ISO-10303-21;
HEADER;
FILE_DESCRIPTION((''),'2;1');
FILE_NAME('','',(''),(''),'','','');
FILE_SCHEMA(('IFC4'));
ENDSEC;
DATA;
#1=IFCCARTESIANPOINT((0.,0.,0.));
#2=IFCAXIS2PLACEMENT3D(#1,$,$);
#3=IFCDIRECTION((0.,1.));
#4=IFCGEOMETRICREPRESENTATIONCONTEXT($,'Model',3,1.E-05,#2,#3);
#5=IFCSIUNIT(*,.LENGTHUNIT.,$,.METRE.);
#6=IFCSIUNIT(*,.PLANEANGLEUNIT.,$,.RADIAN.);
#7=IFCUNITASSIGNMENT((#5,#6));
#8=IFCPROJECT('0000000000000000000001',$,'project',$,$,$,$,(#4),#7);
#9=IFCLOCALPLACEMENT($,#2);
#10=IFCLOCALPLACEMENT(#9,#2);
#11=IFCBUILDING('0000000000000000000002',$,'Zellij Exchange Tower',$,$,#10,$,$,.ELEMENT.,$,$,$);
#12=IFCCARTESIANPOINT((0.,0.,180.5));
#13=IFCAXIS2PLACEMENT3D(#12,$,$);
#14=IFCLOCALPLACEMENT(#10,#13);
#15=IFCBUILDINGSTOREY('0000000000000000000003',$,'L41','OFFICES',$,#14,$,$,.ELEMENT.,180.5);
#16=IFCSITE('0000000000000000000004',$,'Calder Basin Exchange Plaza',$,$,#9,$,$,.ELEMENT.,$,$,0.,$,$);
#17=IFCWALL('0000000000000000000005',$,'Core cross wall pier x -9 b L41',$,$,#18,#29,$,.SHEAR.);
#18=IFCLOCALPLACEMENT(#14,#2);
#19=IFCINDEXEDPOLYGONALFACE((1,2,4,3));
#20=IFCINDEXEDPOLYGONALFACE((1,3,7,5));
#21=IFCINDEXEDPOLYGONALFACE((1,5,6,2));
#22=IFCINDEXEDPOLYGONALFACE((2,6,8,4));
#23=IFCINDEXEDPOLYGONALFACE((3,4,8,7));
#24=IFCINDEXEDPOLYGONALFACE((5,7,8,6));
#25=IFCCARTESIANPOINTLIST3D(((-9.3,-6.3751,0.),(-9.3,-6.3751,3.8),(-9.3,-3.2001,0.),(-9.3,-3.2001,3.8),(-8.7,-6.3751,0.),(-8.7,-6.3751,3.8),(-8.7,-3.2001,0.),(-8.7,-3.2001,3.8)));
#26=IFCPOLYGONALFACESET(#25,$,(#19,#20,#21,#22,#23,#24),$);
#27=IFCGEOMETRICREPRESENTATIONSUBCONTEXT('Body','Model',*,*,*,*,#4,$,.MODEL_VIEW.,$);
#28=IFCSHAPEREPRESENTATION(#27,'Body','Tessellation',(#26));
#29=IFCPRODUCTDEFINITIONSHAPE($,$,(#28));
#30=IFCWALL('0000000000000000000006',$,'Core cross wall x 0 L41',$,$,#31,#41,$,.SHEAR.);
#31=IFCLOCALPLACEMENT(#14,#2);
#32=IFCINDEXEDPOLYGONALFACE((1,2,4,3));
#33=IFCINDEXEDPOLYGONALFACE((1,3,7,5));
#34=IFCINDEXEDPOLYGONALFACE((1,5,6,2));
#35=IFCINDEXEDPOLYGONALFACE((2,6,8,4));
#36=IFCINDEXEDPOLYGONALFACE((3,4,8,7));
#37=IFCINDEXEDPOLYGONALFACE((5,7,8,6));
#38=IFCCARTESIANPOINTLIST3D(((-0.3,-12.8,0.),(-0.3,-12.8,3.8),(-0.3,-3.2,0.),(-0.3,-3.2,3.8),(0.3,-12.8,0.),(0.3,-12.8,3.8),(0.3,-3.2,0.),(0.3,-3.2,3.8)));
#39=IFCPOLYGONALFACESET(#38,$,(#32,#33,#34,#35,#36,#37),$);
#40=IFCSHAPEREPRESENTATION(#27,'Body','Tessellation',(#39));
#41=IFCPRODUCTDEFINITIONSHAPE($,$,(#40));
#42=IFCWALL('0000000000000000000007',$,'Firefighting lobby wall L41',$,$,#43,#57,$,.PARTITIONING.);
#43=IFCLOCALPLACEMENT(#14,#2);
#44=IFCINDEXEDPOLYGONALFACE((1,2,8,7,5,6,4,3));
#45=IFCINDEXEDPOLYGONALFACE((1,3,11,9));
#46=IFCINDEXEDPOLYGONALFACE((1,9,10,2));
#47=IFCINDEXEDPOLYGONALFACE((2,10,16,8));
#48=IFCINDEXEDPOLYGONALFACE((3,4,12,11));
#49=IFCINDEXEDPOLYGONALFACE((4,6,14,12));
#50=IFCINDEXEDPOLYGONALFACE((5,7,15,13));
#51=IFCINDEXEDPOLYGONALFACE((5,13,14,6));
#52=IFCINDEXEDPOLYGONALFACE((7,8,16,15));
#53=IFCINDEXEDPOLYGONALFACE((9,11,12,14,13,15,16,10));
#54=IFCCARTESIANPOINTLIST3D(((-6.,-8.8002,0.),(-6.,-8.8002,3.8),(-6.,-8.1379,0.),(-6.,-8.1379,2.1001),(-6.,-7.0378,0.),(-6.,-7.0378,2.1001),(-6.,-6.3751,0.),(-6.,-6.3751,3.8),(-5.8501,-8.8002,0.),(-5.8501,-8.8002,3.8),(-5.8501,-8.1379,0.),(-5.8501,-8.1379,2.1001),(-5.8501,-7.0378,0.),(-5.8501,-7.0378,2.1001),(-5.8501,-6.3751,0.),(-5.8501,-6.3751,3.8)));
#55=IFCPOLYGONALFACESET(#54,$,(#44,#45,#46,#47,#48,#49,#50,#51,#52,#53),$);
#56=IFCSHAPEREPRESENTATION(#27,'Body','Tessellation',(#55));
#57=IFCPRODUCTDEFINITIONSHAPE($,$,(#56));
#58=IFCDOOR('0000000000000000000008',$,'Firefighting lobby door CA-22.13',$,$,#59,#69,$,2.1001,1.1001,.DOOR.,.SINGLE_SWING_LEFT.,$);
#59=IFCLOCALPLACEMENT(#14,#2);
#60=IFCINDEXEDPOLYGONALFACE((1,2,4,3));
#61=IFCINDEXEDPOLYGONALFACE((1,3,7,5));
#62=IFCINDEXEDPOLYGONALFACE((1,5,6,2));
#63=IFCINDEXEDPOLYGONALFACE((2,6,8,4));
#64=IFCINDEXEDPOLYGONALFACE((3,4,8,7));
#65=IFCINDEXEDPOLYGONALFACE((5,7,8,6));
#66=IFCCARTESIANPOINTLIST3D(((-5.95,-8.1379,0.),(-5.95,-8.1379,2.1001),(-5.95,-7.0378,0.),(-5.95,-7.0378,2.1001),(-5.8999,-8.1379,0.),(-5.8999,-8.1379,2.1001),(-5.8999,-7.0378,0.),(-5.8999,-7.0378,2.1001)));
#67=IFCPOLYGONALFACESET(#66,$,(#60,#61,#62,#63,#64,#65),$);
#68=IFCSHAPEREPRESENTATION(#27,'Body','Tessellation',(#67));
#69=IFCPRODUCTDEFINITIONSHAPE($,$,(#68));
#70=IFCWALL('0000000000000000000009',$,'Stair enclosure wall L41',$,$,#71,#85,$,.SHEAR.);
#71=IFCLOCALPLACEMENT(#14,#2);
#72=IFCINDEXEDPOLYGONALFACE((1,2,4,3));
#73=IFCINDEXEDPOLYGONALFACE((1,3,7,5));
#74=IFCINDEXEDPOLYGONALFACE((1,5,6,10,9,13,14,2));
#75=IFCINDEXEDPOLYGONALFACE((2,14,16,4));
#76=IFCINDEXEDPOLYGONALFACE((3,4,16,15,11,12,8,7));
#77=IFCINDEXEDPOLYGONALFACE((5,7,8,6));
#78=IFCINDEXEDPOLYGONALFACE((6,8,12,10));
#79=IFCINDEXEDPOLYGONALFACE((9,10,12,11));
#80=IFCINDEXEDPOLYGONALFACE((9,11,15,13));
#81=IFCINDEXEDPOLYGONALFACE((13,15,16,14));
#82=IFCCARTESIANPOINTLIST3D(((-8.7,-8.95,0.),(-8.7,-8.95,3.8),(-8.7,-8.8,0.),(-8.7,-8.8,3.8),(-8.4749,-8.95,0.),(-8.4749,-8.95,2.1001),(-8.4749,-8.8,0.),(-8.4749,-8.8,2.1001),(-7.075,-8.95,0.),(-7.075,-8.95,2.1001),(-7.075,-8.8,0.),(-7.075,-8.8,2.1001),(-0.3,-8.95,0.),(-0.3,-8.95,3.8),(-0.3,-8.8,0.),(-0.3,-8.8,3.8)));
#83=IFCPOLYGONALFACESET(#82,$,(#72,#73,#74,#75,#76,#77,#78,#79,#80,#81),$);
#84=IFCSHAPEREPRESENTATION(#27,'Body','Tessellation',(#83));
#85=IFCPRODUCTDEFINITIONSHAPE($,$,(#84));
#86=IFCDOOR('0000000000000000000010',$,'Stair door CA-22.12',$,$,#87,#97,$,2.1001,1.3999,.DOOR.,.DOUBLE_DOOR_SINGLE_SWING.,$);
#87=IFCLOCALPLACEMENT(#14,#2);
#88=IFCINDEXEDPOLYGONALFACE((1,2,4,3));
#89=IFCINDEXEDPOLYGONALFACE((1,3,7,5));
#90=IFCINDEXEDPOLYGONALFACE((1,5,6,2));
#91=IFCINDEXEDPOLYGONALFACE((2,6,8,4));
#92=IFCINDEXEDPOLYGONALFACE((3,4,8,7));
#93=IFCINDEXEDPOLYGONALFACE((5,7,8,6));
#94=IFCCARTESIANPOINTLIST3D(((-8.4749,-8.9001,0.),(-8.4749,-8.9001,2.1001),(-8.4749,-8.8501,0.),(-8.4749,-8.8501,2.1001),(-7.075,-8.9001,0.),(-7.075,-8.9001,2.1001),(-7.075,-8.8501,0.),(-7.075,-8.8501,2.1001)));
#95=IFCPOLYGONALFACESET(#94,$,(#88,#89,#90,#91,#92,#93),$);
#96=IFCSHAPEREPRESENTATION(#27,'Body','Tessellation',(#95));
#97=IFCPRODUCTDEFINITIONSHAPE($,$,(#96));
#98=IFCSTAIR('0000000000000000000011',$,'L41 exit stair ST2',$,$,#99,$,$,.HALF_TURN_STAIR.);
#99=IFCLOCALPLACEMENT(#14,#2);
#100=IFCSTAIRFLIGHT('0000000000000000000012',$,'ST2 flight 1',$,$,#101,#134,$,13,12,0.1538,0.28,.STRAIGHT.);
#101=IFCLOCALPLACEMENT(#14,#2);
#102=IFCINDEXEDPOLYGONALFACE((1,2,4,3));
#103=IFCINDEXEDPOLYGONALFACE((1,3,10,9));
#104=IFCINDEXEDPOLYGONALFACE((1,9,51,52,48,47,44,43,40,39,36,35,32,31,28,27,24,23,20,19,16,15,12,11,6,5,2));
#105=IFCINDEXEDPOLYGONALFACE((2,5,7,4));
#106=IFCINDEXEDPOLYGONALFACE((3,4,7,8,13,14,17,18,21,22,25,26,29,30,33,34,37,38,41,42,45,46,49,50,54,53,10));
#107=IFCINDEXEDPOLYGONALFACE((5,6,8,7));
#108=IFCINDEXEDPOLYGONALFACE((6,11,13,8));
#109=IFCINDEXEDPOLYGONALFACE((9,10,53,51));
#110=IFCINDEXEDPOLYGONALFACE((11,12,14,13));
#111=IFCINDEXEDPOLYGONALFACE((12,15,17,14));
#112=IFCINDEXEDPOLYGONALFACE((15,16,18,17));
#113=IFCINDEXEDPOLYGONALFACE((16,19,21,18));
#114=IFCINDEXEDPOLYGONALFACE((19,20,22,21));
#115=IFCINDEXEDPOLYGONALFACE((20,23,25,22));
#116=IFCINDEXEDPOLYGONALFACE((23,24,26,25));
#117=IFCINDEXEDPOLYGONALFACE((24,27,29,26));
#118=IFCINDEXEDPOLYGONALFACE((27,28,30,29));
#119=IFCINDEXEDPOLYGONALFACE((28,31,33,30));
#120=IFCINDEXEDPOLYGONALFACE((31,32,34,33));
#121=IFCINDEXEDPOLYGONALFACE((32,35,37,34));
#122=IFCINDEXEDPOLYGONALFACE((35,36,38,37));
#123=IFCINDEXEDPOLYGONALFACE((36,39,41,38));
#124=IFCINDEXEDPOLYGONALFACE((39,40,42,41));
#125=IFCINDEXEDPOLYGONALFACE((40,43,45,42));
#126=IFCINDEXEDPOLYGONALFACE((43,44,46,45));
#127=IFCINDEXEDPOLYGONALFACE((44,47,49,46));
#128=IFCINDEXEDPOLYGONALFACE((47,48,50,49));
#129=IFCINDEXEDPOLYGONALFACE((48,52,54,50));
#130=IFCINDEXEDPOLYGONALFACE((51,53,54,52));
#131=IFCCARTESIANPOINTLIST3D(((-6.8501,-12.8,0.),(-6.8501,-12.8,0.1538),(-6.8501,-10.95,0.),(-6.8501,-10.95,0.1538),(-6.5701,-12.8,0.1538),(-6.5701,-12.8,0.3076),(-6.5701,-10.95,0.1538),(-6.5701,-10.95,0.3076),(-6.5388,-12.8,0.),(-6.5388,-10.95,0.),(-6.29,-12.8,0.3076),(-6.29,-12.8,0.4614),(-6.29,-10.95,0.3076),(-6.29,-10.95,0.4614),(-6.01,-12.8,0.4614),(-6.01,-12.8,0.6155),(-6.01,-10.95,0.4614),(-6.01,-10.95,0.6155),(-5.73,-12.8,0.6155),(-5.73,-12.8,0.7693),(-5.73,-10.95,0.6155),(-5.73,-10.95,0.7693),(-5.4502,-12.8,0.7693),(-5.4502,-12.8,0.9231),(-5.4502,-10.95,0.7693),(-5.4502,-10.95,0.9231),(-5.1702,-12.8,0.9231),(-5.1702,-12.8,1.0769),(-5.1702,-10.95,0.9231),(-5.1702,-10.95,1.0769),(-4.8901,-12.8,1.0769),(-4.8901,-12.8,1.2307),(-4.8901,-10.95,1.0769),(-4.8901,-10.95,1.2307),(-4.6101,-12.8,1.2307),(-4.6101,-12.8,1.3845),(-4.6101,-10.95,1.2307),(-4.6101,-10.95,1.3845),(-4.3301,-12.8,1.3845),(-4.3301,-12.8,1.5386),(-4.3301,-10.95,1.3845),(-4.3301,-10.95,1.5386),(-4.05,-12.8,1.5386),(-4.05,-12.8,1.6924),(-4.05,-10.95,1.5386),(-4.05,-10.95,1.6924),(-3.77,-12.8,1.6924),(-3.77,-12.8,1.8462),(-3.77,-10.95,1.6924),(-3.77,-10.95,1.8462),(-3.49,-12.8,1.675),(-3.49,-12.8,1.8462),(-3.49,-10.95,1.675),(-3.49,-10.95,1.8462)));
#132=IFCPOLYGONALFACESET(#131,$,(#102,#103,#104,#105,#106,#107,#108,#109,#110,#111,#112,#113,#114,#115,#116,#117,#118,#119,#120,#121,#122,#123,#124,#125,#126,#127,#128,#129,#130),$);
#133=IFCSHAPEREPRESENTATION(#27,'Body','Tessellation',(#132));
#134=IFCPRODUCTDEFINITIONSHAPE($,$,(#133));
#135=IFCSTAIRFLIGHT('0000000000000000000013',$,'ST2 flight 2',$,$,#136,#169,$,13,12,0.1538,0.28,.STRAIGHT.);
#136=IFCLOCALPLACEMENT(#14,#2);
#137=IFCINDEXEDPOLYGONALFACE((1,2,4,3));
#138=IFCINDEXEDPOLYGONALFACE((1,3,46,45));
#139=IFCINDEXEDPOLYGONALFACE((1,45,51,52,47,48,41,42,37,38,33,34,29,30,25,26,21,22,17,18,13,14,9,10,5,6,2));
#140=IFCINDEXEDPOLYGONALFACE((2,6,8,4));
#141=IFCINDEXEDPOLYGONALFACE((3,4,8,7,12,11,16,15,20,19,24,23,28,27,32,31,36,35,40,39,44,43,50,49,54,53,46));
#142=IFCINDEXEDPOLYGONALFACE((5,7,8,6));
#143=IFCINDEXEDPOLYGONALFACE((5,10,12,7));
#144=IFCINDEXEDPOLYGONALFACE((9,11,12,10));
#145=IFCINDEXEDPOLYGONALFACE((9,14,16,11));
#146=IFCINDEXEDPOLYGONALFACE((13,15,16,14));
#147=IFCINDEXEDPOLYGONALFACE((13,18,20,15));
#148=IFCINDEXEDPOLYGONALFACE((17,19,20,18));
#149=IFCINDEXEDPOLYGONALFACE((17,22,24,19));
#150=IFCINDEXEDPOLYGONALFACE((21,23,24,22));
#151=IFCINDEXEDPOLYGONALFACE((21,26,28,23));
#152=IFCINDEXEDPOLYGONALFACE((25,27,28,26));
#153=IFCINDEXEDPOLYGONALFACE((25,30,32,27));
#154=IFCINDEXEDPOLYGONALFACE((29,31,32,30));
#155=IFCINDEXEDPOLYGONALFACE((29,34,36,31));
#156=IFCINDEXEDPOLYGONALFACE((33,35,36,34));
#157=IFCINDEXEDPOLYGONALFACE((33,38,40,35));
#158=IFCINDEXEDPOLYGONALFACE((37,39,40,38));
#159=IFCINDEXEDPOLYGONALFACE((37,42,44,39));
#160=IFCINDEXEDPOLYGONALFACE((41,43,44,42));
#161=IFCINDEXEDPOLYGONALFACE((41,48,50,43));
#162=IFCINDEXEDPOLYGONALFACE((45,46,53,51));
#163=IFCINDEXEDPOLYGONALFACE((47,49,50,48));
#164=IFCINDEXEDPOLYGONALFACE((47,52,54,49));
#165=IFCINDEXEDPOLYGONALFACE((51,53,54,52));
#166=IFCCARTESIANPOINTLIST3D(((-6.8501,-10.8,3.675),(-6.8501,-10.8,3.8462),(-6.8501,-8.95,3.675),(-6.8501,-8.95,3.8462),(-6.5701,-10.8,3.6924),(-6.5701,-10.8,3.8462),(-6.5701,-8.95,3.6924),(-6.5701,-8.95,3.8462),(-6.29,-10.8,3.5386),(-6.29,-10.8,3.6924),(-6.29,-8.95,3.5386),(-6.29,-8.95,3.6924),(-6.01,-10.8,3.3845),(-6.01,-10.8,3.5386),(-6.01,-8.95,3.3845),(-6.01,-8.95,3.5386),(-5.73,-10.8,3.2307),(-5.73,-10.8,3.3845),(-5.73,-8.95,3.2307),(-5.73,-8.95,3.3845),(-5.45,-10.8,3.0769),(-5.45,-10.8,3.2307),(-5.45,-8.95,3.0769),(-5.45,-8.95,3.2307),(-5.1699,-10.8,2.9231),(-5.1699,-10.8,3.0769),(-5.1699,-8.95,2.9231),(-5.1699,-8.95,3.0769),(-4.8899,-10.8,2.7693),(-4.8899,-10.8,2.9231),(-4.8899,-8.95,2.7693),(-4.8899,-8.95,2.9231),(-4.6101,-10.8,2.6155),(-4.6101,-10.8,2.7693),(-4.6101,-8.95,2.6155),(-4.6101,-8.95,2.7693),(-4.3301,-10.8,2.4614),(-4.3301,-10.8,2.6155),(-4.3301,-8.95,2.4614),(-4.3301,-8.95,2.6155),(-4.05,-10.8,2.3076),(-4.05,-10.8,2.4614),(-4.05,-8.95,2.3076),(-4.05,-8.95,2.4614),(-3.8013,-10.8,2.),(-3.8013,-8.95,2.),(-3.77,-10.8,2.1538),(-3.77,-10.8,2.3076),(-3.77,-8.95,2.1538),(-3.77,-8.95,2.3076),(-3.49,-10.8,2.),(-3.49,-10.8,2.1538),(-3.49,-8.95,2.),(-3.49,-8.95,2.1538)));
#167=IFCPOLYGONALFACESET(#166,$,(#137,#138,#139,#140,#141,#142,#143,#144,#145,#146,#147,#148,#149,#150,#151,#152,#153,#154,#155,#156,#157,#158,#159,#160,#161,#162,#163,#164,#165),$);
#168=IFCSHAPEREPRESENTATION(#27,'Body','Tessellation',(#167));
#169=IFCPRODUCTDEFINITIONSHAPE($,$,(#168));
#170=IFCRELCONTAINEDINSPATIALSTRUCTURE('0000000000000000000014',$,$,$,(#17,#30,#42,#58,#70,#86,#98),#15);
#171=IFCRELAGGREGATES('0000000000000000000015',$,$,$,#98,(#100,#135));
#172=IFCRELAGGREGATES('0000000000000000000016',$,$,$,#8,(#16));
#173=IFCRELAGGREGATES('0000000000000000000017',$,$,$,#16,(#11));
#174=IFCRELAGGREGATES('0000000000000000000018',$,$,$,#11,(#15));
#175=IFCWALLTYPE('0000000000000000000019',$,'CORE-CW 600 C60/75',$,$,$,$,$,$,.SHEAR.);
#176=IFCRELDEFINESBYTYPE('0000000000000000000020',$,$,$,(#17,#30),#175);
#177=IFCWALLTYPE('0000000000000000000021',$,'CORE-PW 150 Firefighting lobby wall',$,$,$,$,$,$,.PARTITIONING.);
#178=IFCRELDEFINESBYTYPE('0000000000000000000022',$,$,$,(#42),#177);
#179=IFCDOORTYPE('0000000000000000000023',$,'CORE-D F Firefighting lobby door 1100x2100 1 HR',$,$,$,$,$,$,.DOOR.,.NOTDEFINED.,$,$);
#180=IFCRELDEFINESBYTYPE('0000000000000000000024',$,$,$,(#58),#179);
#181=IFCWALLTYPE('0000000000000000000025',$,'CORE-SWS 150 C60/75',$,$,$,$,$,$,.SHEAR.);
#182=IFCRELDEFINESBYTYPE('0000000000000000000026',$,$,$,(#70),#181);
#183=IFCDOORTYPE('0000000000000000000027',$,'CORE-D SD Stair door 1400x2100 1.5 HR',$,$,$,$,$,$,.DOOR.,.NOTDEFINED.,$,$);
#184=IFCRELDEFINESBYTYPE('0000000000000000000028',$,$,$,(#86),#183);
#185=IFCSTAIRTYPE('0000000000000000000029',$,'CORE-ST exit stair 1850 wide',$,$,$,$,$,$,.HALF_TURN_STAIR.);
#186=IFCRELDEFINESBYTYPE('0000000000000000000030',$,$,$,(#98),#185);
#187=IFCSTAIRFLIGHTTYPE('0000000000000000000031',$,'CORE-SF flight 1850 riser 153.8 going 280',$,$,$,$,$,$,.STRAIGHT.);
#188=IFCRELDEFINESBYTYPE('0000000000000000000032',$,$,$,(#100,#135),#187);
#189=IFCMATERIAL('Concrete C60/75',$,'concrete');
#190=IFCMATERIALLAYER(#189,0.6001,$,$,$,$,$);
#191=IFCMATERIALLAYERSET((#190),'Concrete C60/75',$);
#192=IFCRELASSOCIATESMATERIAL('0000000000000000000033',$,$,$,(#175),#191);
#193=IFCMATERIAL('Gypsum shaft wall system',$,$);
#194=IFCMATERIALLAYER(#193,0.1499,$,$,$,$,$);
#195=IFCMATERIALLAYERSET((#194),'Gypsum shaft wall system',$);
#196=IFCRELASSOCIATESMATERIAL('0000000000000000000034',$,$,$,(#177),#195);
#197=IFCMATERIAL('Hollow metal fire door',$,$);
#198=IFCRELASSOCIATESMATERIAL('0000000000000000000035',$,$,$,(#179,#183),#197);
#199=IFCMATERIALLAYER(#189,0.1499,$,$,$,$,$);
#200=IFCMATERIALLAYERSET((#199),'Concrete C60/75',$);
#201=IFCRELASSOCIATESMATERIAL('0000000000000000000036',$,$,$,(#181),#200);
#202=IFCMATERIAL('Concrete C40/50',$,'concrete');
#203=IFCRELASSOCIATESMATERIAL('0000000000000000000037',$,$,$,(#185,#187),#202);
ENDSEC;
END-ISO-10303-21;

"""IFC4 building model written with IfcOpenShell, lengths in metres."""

from ifc_helpers import new_model, si_unit, direction, frame, frame_2d, origin, place, context, subcontext, project, spatial, polyline, rectangle, outline, extrude, material, layer, layer_set, type_object, element, fill, aggregate, save


model = new_model("IFC4")

# Units and contexts
model_context = context("Model", 3, precision=1e-05, world=origin(), true_north=direction((0.0, 1.0)))
body_context = subcontext(model_context, "Body", "Model", "MODEL_VIEW")
ifc_project = project(units=[si_unit("LENGTHUNIT", "METRE"), si_unit("PLANEANGLEUNIT", "RADIAN")], contexts=[model_context])

# Site, building, storey
site_placement = place(None, origin())
site = spatial("IfcSite", under=ifc_project, at=site_placement, Name="Calder Basin Exchange Plaza", CompositionType="ELEMENT", RefElevation=0.0)
building_placement = place(site_placement, origin())
building = spatial("IfcBuilding", under=site, at=building_placement, Name="Zellij Exchange Tower", CompositionType="ELEMENT")
storey_placement = place(building_placement, frame((0.0, 0.0, 180.5)))
storey = spatial("IfcBuildingStorey", under=building, at=storey_placement, Name="L41", Description="OFFICES", CompositionType="ELEMENT", Elevation=180.5)

# Walls
ifc_material_1 = material(Name="Concrete C60/75", Category="concrete")
ifc_layer_1 = layer(ifc_material_1, 0.6001)
ifc_layer_set_1 = layer_set([ifc_layer_1], Name="Concrete C60/75")
wall_type_1 = type_object("IfcWallType", Name="CORE-CW 600 C60/75", PredefinedType="SHEAR", material=ifc_layer_set_1)
wall_1_placement = place(storey_placement, frame((-9.0, -6.375, 0.0), z_axis=(0.0, 0.0, 1.0), x_axis=(0.0, 1.0, 0.0)))
element("IfcWall", 1, at=wall_1_placement, inside=storey, type_object=wall_type_1, Name="Core cross wall pier x -9 b L41", PredefinedType="SHEAR", context=body_context, shape_type="SweptSolid", body=[
    extrude(rectangle(XDim=3.175, YDim=0.6001, at=frame_2d((1.5874, 0.0))), origin(), (0.0, 0.0, 1.0), 3.8),
])
wall_2_placement = place(storey_placement, frame((0.0, -12.8, 0.0), z_axis=(0.0, 0.0, 1.0), x_axis=(0.0, 1.0, 0.0)))
element("IfcWall", 2, at=wall_2_placement, inside=storey, type_object=wall_type_1, Name="Core cross wall x 0 L41", PredefinedType="SHEAR", context=body_context, shape_type="SweptSolid", body=[
    extrude(rectangle(XDim=9.6001, YDim=0.6001, at=frame_2d((4.8, 0.0))), origin(), (0.0, 0.0, 1.0), 3.8),
])

# Walls, openings, doors
ifc_material_2 = material(Name="Gypsum shaft wall system")
ifc_layer_2 = layer(ifc_material_2, 0.1499)
ifc_layer_set_2 = layer_set([ifc_layer_2], Name="Gypsum shaft wall system")
wall_type_2 = type_object("IfcWallType", Name="CORE-PW 150 Firefighting lobby wall", PredefinedType="PARTITIONING", material=ifc_layer_set_2)
wall_3_placement = place(storey_placement, frame((-5.925, -8.8, 0.0), z_axis=(0.0, 0.0, 1.0), x_axis=(0.0, 1.0, 0.0)))
wall_3 = element("IfcWall", 3, at=wall_3_placement, inside=storey, type_object=wall_type_2, Name="Firefighting lobby wall L41", PredefinedType="PARTITIONING", context=body_context, shape_type="SweptSolid", body=[
    extrude(rectangle(XDim=2.425, YDim=0.1499, at=frame_2d((1.2124, 0.0))), origin(), (0.0, 0.0, 1.0), 3.8),
])
opening_1_placement = place(wall_3_placement, frame((0.6621, 0.0, 0.0)))
opening_1 = element("IfcOpeningElement", 4, at=opening_1_placement, cuts=wall_3, PredefinedType="OPENING", context=body_context, shape_type="SweptSolid", body=[
    extrude(rectangle(XDim=1.1001, YDim=2.1001, at=frame_2d((0.55, 1.05))), frame((0.0, 0.0869, 0.0), z_axis=(0.0, -1.0, 0.0), x_axis=(1.0, 0.0, 0.0)), (0.0, 0.0, 1.0), 0.1738),
])
ifc_material_3 = material(Name="Hollow metal fire door")
door_type_1 = type_object("IfcDoorType", Name="CORE-D F Firefighting lobby door 1100x2100 1 HR", OperationType="NOTDEFINED", PredefinedType="DOOR", material=ifc_material_3)
door_1_placement = place(opening_1_placement, origin())
door_1 = element("IfcDoor", 5, at=door_1_placement, inside=storey, type_object=door_type_1, Name="Firefighting lobby door CA-22.13", OperationType="SINGLE_SWING_LEFT", OverallHeight=2.1001, OverallWidth=1.1001, PredefinedType="DOOR", context=body_context, shape_type="SweptSolid", body=[
    extrude(rectangle(XDim=1.1001, YDim=2.1001, at=frame_2d((0.55, 1.05))), frame((0.0, 0.0249, 0.0), z_axis=(0.0, -1.0, 0.0), x_axis=(1.0, 0.0, 0.0)), (0.0, 0.0, 1.0), 0.05),
])
fill(opening_1, door_1)
ifc_layer_3 = layer(ifc_material_1, 0.1499)
ifc_layer_set_3 = layer_set([ifc_layer_3], Name="Concrete C60/75")
wall_type_3 = type_object("IfcWallType", Name="CORE-SWS 150 C60/75", PredefinedType="SHEAR", material=ifc_layer_set_3)
wall_4_placement = place(storey_placement, frame((-8.7, -8.875, 0.0), z_axis=(0.0, 0.0, 1.0), x_axis=(1.0, 0.0, 0.0)))
wall_4 = element("IfcWall", 6, at=wall_4_placement, inside=storey, type_object=wall_type_3, Name="Stair enclosure wall L41", PredefinedType="SHEAR", context=body_context, shape_type="SweptSolid", body=[
    extrude(rectangle(XDim=8.3999, YDim=0.1499, at=frame_2d((4.2, 0.0))), origin(), (0.0, 0.0, 1.0), 3.8),
])
opening_2_placement = place(wall_4_placement, frame((0.2251, 0.0, 0.0)))
opening_2 = element("IfcOpeningElement", 7, at=opening_2_placement, cuts=wall_4, PredefinedType="OPENING", context=body_context, shape_type="SweptSolid", body=[
    extrude(rectangle(XDim=1.3999, YDim=2.1001, at=frame_2d((0.7, 1.05))), frame((0.0, 0.0869, 0.0), z_axis=(0.0, -1.0, 0.0), x_axis=(1.0, 0.0, 0.0)), (0.0, 0.0, 1.0), 0.1738),
])
door_type_2 = type_object("IfcDoorType", Name="CORE-D SD Stair door 1400x2100 1.5 HR", OperationType="NOTDEFINED", PredefinedType="DOOR", material=ifc_material_3)
door_2_placement = place(opening_2_placement, origin())
door_2 = element("IfcDoor", 8, at=door_2_placement, inside=storey, type_object=door_type_2, Name="Stair door CA-22.12", OperationType="DOUBLE_DOOR_SINGLE_SWING", OverallHeight=2.1001, OverallWidth=1.3999, PredefinedType="DOOR", context=body_context, shape_type="SweptSolid", body=[
    extrude(rectangle(XDim=1.3999, YDim=2.1001, at=frame_2d((0.7, 1.05))), frame((0.0, 0.0249, 0.0), z_axis=(0.0, -1.0, 0.0), x_axis=(1.0, 0.0, 0.0)), (0.0, 0.0, 1.0), 0.05),
])
fill(opening_2, door_2)

# Stair, stair flights
ifc_material_4 = material(Name="Concrete C40/50", Category="concrete")
stair_type = type_object("IfcStairType", Name="CORE-ST exit stair 1850 wide", PredefinedType="HALF_TURN_STAIR", material=ifc_material_4)
stair_placement = place(storey_placement, origin())
stair = element("IfcStair", 9, at=stair_placement, inside=storey, type_object=stair_type, Name="L41 exit stair ST2", PredefinedType="HALF_TURN_STAIR")
stair_flight_type = type_object("IfcStairFlightType", Name="CORE-SF flight 1850 riser 153.8 going 280", PredefinedType="STRAIGHT", material=ifc_material_4)
stair_flight_1_placement = place(storey_placement, frame((-6.8501, -11.875, 0.0), z_axis=(0.0, 0.0, 1.0), x_axis=(1.0, 0.0, 0.0)))
stair_flight_1 = element("IfcStairFlight", 10, at=stair_flight_1_placement, type_object=stair_flight_type, Name="ST2 flight 1", NumberOfRisers=13, NumberOfTreads=12, PredefinedType="STRAIGHT", RiserHeight=0.1538, TreadLength=0.28, context=body_context, shape_type="SweptSolid", body=[
    extrude(outline(polyline([(0.0, 0.0), (0.0, 0.1538), (0.28, 0.1538), (0.28, 0.3076), (0.5601, 0.3076), (0.5601, 0.4614), (0.8401, 0.4614), (0.8401, 0.6155), (1.1201, 0.6155), (1.1201, 0.7693), (1.3999, 0.7693), (1.3999, 0.9231), (1.6799, 0.9231), (1.6799, 1.0769), (1.96, 1.0769), (1.96, 1.2307), (2.24, 1.2307), (2.24, 1.3845), (2.52, 1.3845), (2.52, 1.5386), (2.8, 1.5386), (2.8, 1.6924), (3.0801, 1.6924), (3.0801, 1.8462), (3.3601, 1.8462), (3.3601, 2.0), (3.3601, 1.675), (0.3113, 0.0), (0.0, 0.0)])), frame((0.0, 0.925, 0.0), z_axis=(0.0, -1.0, 0.0), x_axis=(1.0, 0.0, 0.0)), (0.0, 0.0, 1.0), 1.8501),
])
stair_flight_2_placement = place(storey_placement, frame((-3.49, -9.875, 2.0), z_axis=(0.0, 0.0, 1.0), x_axis=(-1.0, 0.0, 0.0)))
stair_flight_2 = element("IfcStairFlight", 11, at=stair_flight_2_placement, type_object=stair_flight_type, Name="ST2 flight 2", NumberOfRisers=13, NumberOfTreads=12, PredefinedType="STRAIGHT", RiserHeight=0.1538, TreadLength=0.28, context=body_context, shape_type="SweptSolid", body=[
    extrude(outline(polyline([(0.0, 0.0), (0.0, 0.1538), (0.28, 0.1538), (0.28, 0.3076), (0.5601, 0.3076), (0.5601, 0.4614), (0.8401, 0.4614), (0.8401, 0.6155), (1.1201, 0.6155), (1.1201, 0.7693), (1.3999, 0.7693), (1.3999, 0.9231), (1.6799, 0.9231), (1.6799, 1.0769), (1.96, 1.0769), (1.96, 1.2307), (2.24, 1.2307), (2.24, 1.3845), (2.52, 1.3845), (2.52, 1.5386), (2.8, 1.5386), (2.8, 1.6924), (3.0801, 1.6924), (3.0801, 1.8462), (3.3601, 1.8462), (3.3601, 2.0), (3.3601, 1.675), (0.3113, 0.0), (0.0, 0.0)])), frame((0.0, 0.925, 0.0), z_axis=(0.0, -1.0, 0.0), x_axis=(1.0, 0.0, 0.0)), (0.0, 0.0, 1.0), 1.8501),
])
aggregate(stair, [stair_flight_1, stair_flight_2])

save(model, "model.ifc")
